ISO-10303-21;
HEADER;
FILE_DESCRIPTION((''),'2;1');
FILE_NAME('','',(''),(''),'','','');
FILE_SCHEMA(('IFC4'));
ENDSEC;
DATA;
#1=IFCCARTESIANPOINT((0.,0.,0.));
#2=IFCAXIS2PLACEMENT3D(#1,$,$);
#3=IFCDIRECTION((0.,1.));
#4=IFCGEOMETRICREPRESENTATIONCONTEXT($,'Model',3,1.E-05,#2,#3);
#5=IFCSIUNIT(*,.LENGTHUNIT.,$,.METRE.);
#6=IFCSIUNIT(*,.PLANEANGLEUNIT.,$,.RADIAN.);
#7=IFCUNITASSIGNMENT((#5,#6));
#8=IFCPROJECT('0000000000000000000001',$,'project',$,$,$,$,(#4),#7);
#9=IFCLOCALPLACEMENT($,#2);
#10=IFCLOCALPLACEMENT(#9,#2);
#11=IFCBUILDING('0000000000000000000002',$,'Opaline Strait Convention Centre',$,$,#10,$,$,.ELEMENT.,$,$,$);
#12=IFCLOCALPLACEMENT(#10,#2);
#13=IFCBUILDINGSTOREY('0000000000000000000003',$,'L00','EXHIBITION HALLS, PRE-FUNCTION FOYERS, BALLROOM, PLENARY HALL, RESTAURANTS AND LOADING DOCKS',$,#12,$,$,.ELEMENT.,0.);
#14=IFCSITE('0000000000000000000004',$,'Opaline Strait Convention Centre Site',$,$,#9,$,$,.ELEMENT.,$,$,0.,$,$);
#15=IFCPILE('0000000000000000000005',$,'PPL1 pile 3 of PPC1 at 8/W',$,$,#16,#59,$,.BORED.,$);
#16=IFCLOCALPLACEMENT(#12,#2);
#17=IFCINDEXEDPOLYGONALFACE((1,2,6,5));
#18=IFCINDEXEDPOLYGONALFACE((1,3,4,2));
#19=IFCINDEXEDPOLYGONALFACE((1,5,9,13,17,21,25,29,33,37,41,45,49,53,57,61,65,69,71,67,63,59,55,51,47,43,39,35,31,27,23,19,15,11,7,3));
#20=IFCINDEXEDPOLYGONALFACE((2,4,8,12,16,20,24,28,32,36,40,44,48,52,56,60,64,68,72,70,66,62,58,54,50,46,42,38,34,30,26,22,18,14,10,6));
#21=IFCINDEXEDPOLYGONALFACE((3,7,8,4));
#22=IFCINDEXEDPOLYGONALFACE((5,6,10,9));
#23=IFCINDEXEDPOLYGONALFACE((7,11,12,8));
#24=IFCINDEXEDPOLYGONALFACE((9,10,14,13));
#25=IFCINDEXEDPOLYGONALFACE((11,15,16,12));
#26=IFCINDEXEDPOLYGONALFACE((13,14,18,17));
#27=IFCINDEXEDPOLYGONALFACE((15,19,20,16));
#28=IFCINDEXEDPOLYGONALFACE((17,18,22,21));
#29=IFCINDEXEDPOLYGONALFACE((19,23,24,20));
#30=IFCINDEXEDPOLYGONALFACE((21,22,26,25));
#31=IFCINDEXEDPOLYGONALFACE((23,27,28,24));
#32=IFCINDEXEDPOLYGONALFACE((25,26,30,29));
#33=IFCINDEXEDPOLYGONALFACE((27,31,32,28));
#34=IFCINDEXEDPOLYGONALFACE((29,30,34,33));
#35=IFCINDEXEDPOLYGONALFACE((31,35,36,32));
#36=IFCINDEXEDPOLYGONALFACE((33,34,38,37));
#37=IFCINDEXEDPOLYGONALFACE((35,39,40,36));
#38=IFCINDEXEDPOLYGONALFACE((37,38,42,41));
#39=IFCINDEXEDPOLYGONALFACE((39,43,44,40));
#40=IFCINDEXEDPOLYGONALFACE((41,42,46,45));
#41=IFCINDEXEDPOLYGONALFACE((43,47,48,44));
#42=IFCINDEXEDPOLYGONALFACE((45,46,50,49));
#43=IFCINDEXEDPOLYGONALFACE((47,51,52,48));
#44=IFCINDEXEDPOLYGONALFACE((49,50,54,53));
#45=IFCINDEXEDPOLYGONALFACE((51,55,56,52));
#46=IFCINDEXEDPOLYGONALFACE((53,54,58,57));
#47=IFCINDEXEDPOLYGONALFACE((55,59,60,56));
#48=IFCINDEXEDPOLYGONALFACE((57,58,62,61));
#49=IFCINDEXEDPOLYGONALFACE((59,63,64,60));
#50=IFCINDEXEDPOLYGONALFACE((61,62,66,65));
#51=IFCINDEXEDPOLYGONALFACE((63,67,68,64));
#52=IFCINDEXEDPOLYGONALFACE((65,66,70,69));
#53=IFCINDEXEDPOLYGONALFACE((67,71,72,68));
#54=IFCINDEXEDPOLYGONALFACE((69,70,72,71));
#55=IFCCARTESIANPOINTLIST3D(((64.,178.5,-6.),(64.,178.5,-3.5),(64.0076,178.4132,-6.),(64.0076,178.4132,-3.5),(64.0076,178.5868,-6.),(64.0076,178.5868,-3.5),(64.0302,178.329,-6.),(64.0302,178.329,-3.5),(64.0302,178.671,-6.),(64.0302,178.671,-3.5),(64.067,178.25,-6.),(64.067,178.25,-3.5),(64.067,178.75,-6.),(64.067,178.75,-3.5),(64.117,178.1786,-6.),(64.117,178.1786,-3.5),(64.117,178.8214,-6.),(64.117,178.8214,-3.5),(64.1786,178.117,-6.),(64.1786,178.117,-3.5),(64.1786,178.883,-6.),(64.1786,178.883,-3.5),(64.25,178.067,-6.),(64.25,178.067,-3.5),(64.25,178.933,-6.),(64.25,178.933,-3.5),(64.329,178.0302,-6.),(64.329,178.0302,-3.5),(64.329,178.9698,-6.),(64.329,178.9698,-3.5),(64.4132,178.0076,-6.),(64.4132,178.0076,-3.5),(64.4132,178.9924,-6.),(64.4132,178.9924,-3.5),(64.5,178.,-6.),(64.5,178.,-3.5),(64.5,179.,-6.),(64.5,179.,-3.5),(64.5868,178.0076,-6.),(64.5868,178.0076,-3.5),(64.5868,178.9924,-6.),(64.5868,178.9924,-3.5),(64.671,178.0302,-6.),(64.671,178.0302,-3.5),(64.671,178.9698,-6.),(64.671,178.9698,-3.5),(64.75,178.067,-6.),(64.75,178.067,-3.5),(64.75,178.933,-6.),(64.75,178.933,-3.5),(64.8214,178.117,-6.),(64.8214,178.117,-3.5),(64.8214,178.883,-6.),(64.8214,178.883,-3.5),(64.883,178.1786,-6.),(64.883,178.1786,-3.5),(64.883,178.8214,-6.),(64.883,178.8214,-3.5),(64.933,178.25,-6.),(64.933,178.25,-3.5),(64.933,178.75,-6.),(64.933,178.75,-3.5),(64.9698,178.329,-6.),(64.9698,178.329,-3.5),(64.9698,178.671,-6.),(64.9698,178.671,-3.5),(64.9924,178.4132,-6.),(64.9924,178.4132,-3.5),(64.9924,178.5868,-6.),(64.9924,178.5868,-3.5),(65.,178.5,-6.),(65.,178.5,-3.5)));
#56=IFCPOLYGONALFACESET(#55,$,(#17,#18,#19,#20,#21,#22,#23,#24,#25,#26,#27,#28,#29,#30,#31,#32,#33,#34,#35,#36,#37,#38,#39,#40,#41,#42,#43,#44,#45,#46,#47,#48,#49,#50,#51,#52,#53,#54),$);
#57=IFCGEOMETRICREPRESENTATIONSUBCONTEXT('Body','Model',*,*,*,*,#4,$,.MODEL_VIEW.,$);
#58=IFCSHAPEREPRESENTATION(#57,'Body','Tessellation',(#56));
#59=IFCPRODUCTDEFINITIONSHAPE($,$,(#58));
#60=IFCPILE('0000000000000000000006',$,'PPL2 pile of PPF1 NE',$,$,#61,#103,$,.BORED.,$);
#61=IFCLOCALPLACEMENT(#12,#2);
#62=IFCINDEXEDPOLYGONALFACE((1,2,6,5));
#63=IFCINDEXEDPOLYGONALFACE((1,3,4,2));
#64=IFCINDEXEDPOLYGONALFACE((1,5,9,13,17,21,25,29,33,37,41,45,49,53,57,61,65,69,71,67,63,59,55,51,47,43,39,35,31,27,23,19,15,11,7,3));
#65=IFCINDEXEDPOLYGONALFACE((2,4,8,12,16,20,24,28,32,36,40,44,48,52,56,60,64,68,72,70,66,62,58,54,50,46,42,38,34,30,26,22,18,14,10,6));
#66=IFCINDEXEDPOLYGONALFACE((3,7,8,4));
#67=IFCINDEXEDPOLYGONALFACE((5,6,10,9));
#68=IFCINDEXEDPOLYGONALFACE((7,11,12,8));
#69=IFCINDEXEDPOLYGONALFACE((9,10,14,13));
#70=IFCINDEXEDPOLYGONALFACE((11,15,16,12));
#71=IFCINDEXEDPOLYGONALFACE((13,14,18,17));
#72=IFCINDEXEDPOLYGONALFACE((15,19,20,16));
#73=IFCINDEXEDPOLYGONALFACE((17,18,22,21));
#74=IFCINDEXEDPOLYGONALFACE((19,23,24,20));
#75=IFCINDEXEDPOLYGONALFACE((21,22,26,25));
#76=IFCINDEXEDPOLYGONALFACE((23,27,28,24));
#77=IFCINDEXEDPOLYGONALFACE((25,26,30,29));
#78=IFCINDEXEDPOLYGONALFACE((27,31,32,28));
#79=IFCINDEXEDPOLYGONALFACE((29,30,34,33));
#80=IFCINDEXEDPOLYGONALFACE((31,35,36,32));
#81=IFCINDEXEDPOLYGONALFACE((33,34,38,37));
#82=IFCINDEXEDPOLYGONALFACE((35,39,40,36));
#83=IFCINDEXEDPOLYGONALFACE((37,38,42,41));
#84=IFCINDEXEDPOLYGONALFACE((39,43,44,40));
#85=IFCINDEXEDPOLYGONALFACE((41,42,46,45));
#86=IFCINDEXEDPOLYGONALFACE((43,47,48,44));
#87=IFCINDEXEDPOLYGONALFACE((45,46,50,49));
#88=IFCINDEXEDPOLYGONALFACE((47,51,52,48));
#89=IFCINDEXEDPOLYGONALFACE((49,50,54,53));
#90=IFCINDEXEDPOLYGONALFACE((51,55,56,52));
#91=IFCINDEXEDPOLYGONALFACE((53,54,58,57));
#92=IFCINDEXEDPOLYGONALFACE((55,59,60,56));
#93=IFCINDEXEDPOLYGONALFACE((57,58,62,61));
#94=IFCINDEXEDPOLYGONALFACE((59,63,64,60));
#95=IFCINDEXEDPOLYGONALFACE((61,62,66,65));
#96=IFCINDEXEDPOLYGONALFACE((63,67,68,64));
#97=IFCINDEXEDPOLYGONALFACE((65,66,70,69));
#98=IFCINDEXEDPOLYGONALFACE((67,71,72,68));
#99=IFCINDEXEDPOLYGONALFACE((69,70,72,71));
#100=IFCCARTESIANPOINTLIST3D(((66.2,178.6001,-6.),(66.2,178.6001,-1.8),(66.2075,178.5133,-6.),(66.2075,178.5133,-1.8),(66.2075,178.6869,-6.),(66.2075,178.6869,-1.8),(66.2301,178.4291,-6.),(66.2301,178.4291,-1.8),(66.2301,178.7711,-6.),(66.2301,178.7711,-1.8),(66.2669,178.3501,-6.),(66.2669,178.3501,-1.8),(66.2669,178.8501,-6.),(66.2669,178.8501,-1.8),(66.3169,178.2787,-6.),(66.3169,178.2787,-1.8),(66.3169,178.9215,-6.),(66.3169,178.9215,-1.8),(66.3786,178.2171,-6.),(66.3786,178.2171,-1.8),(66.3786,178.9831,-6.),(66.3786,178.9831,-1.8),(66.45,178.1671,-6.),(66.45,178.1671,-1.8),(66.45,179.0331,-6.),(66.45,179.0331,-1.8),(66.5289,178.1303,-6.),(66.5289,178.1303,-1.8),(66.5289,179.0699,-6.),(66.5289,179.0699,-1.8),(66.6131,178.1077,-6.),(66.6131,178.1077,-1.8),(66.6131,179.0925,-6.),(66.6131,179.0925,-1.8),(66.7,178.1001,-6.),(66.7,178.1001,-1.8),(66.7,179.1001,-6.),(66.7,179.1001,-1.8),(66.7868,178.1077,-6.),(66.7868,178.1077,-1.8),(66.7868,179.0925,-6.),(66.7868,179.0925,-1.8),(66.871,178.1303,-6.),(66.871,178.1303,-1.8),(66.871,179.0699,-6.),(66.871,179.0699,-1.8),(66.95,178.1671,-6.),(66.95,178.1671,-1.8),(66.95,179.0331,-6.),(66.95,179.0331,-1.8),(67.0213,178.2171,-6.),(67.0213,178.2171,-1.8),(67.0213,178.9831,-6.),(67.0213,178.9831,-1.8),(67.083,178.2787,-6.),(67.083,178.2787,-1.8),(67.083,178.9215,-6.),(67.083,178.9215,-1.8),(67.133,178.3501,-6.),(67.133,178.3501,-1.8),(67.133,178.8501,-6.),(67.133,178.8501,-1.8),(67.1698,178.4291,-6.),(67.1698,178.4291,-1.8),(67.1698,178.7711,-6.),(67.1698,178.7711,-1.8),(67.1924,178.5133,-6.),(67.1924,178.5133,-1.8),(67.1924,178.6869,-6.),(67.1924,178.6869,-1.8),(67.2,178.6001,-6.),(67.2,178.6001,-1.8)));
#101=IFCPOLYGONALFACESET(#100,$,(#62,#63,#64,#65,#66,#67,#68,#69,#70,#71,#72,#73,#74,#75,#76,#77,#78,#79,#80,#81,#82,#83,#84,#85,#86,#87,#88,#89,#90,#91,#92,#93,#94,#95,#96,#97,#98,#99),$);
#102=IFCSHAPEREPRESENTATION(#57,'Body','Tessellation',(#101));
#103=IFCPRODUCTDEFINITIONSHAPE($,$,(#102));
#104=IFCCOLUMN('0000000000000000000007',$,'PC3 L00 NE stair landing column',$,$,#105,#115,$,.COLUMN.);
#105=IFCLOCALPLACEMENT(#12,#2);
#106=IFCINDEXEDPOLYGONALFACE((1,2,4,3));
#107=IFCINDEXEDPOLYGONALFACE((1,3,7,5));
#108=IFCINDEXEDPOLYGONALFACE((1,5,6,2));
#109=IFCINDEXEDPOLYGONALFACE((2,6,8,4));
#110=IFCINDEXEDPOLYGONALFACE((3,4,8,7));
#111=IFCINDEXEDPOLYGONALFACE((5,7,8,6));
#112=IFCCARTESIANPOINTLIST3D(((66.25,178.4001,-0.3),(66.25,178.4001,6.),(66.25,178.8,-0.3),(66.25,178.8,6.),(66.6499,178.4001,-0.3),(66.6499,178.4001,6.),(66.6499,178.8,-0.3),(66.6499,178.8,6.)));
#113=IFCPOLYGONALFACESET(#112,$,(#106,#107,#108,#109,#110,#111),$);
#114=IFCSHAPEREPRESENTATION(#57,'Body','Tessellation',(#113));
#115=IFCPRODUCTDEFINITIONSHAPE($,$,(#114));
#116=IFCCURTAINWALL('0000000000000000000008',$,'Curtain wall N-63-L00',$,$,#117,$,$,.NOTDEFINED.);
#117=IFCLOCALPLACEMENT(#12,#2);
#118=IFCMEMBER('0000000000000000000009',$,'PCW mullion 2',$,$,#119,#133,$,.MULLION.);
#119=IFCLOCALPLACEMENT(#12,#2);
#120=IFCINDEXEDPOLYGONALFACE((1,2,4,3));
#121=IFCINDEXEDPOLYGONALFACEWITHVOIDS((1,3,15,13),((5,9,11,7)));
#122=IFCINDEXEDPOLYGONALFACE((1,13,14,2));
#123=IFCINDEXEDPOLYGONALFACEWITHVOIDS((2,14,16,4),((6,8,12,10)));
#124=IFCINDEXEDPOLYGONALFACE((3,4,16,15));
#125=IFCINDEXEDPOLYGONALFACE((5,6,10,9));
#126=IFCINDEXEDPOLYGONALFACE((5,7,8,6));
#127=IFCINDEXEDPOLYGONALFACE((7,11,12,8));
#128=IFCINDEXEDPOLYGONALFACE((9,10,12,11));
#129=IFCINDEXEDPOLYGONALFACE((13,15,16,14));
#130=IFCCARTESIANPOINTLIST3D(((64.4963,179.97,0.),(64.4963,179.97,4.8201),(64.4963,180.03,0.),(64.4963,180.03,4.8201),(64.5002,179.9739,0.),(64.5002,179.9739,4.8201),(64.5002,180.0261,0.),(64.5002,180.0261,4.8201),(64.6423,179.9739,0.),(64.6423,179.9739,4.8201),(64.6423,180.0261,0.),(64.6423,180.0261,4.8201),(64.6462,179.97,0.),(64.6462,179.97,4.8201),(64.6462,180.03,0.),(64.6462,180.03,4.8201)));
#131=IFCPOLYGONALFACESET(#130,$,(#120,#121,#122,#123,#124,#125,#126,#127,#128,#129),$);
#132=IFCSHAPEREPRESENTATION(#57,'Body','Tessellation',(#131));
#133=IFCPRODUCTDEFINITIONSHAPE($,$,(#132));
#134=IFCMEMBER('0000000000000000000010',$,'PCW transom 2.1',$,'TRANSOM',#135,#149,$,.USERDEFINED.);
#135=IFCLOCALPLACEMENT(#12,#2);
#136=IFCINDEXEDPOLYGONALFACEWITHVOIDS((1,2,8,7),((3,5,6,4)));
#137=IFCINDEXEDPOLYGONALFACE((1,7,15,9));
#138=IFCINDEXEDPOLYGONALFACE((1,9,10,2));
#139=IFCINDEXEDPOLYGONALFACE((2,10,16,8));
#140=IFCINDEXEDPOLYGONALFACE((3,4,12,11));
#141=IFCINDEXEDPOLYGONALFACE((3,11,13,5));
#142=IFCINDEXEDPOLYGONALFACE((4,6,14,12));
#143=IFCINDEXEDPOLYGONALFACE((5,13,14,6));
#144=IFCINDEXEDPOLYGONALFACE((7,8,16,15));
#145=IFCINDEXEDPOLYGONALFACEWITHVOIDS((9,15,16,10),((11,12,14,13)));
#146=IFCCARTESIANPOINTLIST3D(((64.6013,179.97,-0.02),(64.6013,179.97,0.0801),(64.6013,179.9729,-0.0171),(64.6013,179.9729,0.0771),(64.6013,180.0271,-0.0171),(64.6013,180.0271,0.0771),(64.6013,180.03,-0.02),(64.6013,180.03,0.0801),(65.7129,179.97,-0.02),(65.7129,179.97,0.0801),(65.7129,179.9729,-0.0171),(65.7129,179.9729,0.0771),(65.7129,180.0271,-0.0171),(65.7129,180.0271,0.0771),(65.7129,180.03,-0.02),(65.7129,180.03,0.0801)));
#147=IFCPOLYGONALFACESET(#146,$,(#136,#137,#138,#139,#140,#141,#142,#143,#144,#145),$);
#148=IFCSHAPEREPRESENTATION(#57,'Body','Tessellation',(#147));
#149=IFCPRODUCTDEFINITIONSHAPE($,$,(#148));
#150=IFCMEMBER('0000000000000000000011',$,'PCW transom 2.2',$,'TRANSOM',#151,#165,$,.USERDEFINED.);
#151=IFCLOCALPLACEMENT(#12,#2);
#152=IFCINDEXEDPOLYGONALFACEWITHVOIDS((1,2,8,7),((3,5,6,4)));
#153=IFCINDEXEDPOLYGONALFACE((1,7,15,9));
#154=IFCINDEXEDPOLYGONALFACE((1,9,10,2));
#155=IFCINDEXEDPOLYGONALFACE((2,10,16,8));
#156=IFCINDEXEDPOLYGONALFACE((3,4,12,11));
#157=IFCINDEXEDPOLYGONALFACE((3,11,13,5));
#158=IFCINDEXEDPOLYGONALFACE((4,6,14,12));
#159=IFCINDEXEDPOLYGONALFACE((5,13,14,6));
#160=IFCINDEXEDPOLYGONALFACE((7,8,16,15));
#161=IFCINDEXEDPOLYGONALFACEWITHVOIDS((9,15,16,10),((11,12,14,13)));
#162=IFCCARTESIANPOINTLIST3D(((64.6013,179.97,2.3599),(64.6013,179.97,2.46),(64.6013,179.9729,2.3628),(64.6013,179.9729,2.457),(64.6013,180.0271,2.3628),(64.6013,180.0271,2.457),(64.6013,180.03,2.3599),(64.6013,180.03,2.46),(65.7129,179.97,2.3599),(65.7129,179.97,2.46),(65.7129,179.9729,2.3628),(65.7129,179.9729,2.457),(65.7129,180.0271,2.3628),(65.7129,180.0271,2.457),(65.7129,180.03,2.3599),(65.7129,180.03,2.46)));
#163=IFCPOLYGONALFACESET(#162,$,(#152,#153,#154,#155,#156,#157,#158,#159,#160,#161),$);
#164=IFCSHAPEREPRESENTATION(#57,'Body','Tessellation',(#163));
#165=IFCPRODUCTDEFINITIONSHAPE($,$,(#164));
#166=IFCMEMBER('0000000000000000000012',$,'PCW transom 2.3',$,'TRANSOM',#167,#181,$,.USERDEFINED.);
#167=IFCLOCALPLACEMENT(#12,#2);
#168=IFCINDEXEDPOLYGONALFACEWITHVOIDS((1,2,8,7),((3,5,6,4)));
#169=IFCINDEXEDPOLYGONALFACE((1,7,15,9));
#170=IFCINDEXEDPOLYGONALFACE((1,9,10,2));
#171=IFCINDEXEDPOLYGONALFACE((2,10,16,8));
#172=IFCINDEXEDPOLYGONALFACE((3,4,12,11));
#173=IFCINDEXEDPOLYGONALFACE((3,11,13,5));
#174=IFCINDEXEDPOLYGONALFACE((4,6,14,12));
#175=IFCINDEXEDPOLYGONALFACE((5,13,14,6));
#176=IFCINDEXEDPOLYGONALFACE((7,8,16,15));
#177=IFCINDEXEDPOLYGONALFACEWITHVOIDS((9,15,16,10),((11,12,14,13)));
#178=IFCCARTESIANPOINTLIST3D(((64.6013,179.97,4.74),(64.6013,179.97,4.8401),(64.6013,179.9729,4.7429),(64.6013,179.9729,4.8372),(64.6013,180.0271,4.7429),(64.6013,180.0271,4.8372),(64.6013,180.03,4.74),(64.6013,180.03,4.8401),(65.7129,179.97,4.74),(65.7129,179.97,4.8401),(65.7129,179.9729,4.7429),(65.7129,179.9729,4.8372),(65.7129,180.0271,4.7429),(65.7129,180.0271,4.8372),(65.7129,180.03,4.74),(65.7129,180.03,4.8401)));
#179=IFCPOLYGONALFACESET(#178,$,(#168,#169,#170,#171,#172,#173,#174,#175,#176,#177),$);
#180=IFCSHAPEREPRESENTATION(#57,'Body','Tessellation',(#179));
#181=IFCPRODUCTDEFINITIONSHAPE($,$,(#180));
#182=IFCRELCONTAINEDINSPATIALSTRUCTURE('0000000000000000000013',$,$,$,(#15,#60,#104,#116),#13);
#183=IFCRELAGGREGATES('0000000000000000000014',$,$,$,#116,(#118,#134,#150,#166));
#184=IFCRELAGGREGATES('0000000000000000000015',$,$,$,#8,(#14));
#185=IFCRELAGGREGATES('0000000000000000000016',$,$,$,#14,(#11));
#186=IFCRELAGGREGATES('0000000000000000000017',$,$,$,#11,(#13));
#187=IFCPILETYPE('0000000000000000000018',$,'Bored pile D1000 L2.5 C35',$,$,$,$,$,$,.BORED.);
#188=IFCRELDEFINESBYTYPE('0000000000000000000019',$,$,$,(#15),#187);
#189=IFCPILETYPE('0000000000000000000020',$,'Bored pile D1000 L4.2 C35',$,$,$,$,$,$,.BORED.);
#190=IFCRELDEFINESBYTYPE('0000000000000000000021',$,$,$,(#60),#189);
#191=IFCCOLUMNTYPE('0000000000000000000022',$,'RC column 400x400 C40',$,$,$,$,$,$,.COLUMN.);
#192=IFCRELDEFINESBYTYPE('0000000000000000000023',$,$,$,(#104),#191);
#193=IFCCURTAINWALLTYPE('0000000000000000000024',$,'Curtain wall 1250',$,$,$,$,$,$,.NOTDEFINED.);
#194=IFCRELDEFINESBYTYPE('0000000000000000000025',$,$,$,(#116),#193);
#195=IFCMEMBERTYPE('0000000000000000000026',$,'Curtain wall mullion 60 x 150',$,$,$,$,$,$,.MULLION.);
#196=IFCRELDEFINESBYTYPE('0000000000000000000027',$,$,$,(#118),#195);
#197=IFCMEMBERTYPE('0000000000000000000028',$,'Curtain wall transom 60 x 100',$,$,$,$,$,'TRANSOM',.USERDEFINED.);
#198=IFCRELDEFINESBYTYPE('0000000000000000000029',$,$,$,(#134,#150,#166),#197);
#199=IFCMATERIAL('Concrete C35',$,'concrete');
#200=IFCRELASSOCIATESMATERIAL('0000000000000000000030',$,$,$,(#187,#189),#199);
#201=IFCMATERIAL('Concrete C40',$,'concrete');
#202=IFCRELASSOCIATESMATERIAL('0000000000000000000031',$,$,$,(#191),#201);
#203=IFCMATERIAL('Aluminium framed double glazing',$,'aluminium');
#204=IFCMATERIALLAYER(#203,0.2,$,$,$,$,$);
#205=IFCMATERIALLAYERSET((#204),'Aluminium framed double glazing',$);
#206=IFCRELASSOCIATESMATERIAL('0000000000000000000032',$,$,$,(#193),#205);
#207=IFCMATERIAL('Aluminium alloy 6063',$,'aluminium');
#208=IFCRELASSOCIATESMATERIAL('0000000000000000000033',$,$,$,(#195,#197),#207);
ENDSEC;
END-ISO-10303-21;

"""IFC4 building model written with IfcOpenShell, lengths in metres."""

from ifc_helpers import new_model, si_unit, direction, frame, origin, origin_2d, place, context, subcontext, project, spatial, rectangle, hollow_rectangle, circle, extrude, material, layer, layer_set, material_profile, profile_set, type_object, element, aggregate, save


model = new_model("IFC4")

# Units and contexts
model_context = context("Model", 3, precision=1e-05, world=origin(), true_north=direction((0.0, 1.0)))
body_context = subcontext(model_context, "Body", "Model", "MODEL_VIEW")
ifc_project = project(units=[si_unit("LENGTHUNIT", "METRE"), si_unit("PLANEANGLEUNIT", "RADIAN")], contexts=[model_context])

# Site, building, storey
site_placement = place(None, origin())
site = spatial("IfcSite", under=ifc_project, at=site_placement, Name="Opaline Strait Convention Centre Site", CompositionType="ELEMENT", RefElevation=0.0)
building_placement = place(site_placement, origin())
building = spatial("IfcBuilding", under=site, at=building_placement, Name="Opaline Strait Convention Centre", CompositionType="ELEMENT")
storey_placement = place(building_placement, origin())
storey = spatial("IfcBuildingStorey", under=building, at=storey_placement, Name="L00", Description="EXHIBITION HALLS, PRE-FUNCTION FOYERS, BALLROOM, PLENARY HALL, RESTAURANTS AND LOADING DOCKS", CompositionType="ELEMENT", Elevation=0.0)

# Piles
ifc_material_1 = material(Name="Concrete C35", Category="concrete")
ifc_material_profile_1 = material_profile(ifc_material_1, circle(Radius=0.5, at=origin_2d()), Name="D1000")
ifc_profile_set_1 = profile_set([ifc_material_profile_1], Name="Concrete C35")
pile_type_1 = type_object("IfcPileType", Name="Bored pile D1000 L2.5 C35", PredefinedType="BORED", material=ifc_profile_set_1)
for number, where, z_axis, x_axis, name in (
    (1, (64.5, 178.5, -3.5), (0.0, 0.0, -1.0), (1.0, 0.0, 0.0), "PPL1 pile 3 of PPC1 at 8/W"),
):
    element("IfcPile", number, at=place(storey_placement, frame(where, z_axis=z_axis, x_axis=x_axis)), inside=storey, type_object=pile_type_1, Name=name, PredefinedType="BORED", context=body_context, shape_type="SweptSolid", body=[
        extrude(circle(Radius=0.5, at=origin_2d()), origin(), (0.0, 0.0, 1.0), 2.5),
    ])
ifc_material_profile_2 = material_profile(ifc_material_1, circle(Radius=0.5, at=origin_2d()), Name="D1000")
ifc_profile_set_2 = profile_set([ifc_material_profile_2], Name="Concrete C35")
pile_type_2 = type_object("IfcPileType", Name="Bored pile D1000 L4.2 C35", PredefinedType="BORED", material=ifc_profile_set_2)
pile_placement = place(storey_placement, frame((66.7, 178.6001, -1.8), z_axis=(0.0, 0.0, -1.0), x_axis=(1.0, 0.0, 0.0)))
element("IfcPile", 2, at=pile_placement, inside=storey, type_object=pile_type_2, Name="PPL2 pile of PPF1 NE", PredefinedType="BORED", context=body_context, shape_type="SweptSolid", body=[
    extrude(circle(Radius=0.5, at=origin_2d()), origin(), (0.0, 0.0, 1.0), 4.2),
])

# Column
ifc_material_2 = material(Name="Concrete C40", Category="concrete")
ifc_material_profile_3 = material_profile(ifc_material_2, rectangle(XDim=0.3999, YDim=0.3999, at=origin_2d()), Name="RC 400x400")
ifc_profile_set_3 = profile_set([ifc_material_profile_3], Name="Concrete C40")
column_type = type_object("IfcColumnType", Name="RC column 400x400 C40", PredefinedType="COLUMN", material=ifc_profile_set_3)
column_placement = place(storey_placement, frame((66.45, 178.6001, -0.3), z_axis=(0.0, 0.0, 1.0), x_axis=(1.0, 0.0, 0.0)))
element("IfcColumn", 3, at=column_placement, inside=storey, type_object=column_type, Name="PC3 L00 NE stair landing column", PredefinedType="COLUMN", context=body_context, shape_type="SweptSolid", body=[
    extrude(rectangle(XDim=0.3999, YDim=0.3999, at=origin_2d()), origin(), (0.0, 0.0, 1.0), 6.3),
])

# Curtain wall, members
ifc_material_3 = material(Name="Aluminium framed double glazing", Category="aluminium")
ifc_layer_1 = layer(ifc_material_3, 0.2)
ifc_layer_set_1 = layer_set([ifc_layer_1], Name="Aluminium framed double glazing")
curtain_wall_type = type_object("IfcCurtainWallType", Name="Curtain wall 1250", PredefinedType="NOTDEFINED", material=ifc_layer_set_1)
curtain_wall_placement = place(storey_placement, origin())
curtain_wall = element("IfcCurtainWall", 4, at=curtain_wall_placement, inside=storey, type_object=curtain_wall_type, Name="Curtain wall N-63-L00", PredefinedType="NOTDEFINED")
ifc_material_4 = material(Name="Aluminium alloy 6063", Category="aluminium")
ifc_material_profile_4 = material_profile(ifc_material_4, hollow_rectangle(XDim=0.0601, YDim=0.1499, WallThickness=0.0039, at=origin_2d()), Name="MULLION 60x150x4")
ifc_profile_set_4 = profile_set([ifc_material_profile_4], Name="Aluminium alloy 6063")
member_type_1 = type_object("IfcMemberType", Name="Curtain wall mullion 60 x 150", PredefinedType="MULLION", material=ifc_profile_set_4)
member_1_placement = place(storey_placement, frame((64.5713, 180.0, 0.0), z_axis=(0.0, 0.0, 1.0), x_axis=(0.0, 1.0, 0.0)))
member_1 = element("IfcMember", 5, at=member_1_placement, type_object=member_type_1, Name="PCW mullion 2", PredefinedType="MULLION", context=body_context, shape_type="SweptSolid", body=[
    extrude(hollow_rectangle(XDim=0.0601, YDim=0.1499, WallThickness=0.0039, at=origin_2d()), origin(), (0.0, 0.0, 1.0), 4.8201),
])
ifc_material_profile_5 = material_profile(ifc_material_4, hollow_rectangle(XDim=0.0601, YDim=0.1001, WallThickness=0.0029, at=origin_2d()), Name="TRANSOM 60x100x3")
ifc_profile_set_5 = profile_set([ifc_material_profile_5], Name="Aluminium alloy 6063")
member_type_2 = type_object("IfcMemberType", Name="Curtain wall transom 60 x 100", ElementType="TRANSOM", PredefinedType="USERDEFINED", material=ifc_profile_set_5)
member_2_placement = place(storey_placement, frame((64.6013, 180.0, 0.03), z_axis=(1.0, 0.0, 0.0), x_axis=(0.0, 1.0, 0.0)))
member_2 = element("IfcMember", 6, at=member_2_placement, type_object=member_type_2, Name="PCW transom 2.1", ObjectType="TRANSOM", PredefinedType="USERDEFINED", context=body_context, shape_type="SweptSolid", body=[
    extrude(hollow_rectangle(XDim=0.0601, YDim=0.1001, WallThickness=0.0029, at=origin_2d()), origin(), (0.0, 0.0, 1.0), 1.1116),
])
member_3_placement = place(storey_placement, frame((64.6013, 180.0, 2.4099), z_axis=(1.0, 0.0, 0.0), x_axis=(0.0, 1.0, 0.0)))
member_3 = element("IfcMember", 7, at=member_3_placement, type_object=member_type_2, Name="PCW transom 2.2", ObjectType="TRANSOM", PredefinedType="USERDEFINED", context=body_context, shape_type="SweptSolid", body=[
    extrude(hollow_rectangle(XDim=0.0601, YDim=0.1001, WallThickness=0.0029, at=origin_2d()), origin(), (0.0, 0.0, 1.0), 1.1116),
])
member_4_placement = place(storey_placement, frame((64.6013, 180.0, 4.79), z_axis=(1.0, 0.0, 0.0), x_axis=(0.0, 1.0, 0.0)))
member_4 = element("IfcMember", 8, at=member_4_placement, type_object=member_type_2, Name="PCW transom 2.3", ObjectType="TRANSOM", PredefinedType="USERDEFINED", context=body_context, shape_type="SweptSolid", body=[
    extrude(hollow_rectangle(XDim=0.0601, YDim=0.1001, WallThickness=0.0029, at=origin_2d()), origin(), (0.0, 0.0, 1.0), 1.1116),
])
aggregate(curtain_wall, [member_1, member_2, member_3, member_4])

save(model, "model.ifc")
